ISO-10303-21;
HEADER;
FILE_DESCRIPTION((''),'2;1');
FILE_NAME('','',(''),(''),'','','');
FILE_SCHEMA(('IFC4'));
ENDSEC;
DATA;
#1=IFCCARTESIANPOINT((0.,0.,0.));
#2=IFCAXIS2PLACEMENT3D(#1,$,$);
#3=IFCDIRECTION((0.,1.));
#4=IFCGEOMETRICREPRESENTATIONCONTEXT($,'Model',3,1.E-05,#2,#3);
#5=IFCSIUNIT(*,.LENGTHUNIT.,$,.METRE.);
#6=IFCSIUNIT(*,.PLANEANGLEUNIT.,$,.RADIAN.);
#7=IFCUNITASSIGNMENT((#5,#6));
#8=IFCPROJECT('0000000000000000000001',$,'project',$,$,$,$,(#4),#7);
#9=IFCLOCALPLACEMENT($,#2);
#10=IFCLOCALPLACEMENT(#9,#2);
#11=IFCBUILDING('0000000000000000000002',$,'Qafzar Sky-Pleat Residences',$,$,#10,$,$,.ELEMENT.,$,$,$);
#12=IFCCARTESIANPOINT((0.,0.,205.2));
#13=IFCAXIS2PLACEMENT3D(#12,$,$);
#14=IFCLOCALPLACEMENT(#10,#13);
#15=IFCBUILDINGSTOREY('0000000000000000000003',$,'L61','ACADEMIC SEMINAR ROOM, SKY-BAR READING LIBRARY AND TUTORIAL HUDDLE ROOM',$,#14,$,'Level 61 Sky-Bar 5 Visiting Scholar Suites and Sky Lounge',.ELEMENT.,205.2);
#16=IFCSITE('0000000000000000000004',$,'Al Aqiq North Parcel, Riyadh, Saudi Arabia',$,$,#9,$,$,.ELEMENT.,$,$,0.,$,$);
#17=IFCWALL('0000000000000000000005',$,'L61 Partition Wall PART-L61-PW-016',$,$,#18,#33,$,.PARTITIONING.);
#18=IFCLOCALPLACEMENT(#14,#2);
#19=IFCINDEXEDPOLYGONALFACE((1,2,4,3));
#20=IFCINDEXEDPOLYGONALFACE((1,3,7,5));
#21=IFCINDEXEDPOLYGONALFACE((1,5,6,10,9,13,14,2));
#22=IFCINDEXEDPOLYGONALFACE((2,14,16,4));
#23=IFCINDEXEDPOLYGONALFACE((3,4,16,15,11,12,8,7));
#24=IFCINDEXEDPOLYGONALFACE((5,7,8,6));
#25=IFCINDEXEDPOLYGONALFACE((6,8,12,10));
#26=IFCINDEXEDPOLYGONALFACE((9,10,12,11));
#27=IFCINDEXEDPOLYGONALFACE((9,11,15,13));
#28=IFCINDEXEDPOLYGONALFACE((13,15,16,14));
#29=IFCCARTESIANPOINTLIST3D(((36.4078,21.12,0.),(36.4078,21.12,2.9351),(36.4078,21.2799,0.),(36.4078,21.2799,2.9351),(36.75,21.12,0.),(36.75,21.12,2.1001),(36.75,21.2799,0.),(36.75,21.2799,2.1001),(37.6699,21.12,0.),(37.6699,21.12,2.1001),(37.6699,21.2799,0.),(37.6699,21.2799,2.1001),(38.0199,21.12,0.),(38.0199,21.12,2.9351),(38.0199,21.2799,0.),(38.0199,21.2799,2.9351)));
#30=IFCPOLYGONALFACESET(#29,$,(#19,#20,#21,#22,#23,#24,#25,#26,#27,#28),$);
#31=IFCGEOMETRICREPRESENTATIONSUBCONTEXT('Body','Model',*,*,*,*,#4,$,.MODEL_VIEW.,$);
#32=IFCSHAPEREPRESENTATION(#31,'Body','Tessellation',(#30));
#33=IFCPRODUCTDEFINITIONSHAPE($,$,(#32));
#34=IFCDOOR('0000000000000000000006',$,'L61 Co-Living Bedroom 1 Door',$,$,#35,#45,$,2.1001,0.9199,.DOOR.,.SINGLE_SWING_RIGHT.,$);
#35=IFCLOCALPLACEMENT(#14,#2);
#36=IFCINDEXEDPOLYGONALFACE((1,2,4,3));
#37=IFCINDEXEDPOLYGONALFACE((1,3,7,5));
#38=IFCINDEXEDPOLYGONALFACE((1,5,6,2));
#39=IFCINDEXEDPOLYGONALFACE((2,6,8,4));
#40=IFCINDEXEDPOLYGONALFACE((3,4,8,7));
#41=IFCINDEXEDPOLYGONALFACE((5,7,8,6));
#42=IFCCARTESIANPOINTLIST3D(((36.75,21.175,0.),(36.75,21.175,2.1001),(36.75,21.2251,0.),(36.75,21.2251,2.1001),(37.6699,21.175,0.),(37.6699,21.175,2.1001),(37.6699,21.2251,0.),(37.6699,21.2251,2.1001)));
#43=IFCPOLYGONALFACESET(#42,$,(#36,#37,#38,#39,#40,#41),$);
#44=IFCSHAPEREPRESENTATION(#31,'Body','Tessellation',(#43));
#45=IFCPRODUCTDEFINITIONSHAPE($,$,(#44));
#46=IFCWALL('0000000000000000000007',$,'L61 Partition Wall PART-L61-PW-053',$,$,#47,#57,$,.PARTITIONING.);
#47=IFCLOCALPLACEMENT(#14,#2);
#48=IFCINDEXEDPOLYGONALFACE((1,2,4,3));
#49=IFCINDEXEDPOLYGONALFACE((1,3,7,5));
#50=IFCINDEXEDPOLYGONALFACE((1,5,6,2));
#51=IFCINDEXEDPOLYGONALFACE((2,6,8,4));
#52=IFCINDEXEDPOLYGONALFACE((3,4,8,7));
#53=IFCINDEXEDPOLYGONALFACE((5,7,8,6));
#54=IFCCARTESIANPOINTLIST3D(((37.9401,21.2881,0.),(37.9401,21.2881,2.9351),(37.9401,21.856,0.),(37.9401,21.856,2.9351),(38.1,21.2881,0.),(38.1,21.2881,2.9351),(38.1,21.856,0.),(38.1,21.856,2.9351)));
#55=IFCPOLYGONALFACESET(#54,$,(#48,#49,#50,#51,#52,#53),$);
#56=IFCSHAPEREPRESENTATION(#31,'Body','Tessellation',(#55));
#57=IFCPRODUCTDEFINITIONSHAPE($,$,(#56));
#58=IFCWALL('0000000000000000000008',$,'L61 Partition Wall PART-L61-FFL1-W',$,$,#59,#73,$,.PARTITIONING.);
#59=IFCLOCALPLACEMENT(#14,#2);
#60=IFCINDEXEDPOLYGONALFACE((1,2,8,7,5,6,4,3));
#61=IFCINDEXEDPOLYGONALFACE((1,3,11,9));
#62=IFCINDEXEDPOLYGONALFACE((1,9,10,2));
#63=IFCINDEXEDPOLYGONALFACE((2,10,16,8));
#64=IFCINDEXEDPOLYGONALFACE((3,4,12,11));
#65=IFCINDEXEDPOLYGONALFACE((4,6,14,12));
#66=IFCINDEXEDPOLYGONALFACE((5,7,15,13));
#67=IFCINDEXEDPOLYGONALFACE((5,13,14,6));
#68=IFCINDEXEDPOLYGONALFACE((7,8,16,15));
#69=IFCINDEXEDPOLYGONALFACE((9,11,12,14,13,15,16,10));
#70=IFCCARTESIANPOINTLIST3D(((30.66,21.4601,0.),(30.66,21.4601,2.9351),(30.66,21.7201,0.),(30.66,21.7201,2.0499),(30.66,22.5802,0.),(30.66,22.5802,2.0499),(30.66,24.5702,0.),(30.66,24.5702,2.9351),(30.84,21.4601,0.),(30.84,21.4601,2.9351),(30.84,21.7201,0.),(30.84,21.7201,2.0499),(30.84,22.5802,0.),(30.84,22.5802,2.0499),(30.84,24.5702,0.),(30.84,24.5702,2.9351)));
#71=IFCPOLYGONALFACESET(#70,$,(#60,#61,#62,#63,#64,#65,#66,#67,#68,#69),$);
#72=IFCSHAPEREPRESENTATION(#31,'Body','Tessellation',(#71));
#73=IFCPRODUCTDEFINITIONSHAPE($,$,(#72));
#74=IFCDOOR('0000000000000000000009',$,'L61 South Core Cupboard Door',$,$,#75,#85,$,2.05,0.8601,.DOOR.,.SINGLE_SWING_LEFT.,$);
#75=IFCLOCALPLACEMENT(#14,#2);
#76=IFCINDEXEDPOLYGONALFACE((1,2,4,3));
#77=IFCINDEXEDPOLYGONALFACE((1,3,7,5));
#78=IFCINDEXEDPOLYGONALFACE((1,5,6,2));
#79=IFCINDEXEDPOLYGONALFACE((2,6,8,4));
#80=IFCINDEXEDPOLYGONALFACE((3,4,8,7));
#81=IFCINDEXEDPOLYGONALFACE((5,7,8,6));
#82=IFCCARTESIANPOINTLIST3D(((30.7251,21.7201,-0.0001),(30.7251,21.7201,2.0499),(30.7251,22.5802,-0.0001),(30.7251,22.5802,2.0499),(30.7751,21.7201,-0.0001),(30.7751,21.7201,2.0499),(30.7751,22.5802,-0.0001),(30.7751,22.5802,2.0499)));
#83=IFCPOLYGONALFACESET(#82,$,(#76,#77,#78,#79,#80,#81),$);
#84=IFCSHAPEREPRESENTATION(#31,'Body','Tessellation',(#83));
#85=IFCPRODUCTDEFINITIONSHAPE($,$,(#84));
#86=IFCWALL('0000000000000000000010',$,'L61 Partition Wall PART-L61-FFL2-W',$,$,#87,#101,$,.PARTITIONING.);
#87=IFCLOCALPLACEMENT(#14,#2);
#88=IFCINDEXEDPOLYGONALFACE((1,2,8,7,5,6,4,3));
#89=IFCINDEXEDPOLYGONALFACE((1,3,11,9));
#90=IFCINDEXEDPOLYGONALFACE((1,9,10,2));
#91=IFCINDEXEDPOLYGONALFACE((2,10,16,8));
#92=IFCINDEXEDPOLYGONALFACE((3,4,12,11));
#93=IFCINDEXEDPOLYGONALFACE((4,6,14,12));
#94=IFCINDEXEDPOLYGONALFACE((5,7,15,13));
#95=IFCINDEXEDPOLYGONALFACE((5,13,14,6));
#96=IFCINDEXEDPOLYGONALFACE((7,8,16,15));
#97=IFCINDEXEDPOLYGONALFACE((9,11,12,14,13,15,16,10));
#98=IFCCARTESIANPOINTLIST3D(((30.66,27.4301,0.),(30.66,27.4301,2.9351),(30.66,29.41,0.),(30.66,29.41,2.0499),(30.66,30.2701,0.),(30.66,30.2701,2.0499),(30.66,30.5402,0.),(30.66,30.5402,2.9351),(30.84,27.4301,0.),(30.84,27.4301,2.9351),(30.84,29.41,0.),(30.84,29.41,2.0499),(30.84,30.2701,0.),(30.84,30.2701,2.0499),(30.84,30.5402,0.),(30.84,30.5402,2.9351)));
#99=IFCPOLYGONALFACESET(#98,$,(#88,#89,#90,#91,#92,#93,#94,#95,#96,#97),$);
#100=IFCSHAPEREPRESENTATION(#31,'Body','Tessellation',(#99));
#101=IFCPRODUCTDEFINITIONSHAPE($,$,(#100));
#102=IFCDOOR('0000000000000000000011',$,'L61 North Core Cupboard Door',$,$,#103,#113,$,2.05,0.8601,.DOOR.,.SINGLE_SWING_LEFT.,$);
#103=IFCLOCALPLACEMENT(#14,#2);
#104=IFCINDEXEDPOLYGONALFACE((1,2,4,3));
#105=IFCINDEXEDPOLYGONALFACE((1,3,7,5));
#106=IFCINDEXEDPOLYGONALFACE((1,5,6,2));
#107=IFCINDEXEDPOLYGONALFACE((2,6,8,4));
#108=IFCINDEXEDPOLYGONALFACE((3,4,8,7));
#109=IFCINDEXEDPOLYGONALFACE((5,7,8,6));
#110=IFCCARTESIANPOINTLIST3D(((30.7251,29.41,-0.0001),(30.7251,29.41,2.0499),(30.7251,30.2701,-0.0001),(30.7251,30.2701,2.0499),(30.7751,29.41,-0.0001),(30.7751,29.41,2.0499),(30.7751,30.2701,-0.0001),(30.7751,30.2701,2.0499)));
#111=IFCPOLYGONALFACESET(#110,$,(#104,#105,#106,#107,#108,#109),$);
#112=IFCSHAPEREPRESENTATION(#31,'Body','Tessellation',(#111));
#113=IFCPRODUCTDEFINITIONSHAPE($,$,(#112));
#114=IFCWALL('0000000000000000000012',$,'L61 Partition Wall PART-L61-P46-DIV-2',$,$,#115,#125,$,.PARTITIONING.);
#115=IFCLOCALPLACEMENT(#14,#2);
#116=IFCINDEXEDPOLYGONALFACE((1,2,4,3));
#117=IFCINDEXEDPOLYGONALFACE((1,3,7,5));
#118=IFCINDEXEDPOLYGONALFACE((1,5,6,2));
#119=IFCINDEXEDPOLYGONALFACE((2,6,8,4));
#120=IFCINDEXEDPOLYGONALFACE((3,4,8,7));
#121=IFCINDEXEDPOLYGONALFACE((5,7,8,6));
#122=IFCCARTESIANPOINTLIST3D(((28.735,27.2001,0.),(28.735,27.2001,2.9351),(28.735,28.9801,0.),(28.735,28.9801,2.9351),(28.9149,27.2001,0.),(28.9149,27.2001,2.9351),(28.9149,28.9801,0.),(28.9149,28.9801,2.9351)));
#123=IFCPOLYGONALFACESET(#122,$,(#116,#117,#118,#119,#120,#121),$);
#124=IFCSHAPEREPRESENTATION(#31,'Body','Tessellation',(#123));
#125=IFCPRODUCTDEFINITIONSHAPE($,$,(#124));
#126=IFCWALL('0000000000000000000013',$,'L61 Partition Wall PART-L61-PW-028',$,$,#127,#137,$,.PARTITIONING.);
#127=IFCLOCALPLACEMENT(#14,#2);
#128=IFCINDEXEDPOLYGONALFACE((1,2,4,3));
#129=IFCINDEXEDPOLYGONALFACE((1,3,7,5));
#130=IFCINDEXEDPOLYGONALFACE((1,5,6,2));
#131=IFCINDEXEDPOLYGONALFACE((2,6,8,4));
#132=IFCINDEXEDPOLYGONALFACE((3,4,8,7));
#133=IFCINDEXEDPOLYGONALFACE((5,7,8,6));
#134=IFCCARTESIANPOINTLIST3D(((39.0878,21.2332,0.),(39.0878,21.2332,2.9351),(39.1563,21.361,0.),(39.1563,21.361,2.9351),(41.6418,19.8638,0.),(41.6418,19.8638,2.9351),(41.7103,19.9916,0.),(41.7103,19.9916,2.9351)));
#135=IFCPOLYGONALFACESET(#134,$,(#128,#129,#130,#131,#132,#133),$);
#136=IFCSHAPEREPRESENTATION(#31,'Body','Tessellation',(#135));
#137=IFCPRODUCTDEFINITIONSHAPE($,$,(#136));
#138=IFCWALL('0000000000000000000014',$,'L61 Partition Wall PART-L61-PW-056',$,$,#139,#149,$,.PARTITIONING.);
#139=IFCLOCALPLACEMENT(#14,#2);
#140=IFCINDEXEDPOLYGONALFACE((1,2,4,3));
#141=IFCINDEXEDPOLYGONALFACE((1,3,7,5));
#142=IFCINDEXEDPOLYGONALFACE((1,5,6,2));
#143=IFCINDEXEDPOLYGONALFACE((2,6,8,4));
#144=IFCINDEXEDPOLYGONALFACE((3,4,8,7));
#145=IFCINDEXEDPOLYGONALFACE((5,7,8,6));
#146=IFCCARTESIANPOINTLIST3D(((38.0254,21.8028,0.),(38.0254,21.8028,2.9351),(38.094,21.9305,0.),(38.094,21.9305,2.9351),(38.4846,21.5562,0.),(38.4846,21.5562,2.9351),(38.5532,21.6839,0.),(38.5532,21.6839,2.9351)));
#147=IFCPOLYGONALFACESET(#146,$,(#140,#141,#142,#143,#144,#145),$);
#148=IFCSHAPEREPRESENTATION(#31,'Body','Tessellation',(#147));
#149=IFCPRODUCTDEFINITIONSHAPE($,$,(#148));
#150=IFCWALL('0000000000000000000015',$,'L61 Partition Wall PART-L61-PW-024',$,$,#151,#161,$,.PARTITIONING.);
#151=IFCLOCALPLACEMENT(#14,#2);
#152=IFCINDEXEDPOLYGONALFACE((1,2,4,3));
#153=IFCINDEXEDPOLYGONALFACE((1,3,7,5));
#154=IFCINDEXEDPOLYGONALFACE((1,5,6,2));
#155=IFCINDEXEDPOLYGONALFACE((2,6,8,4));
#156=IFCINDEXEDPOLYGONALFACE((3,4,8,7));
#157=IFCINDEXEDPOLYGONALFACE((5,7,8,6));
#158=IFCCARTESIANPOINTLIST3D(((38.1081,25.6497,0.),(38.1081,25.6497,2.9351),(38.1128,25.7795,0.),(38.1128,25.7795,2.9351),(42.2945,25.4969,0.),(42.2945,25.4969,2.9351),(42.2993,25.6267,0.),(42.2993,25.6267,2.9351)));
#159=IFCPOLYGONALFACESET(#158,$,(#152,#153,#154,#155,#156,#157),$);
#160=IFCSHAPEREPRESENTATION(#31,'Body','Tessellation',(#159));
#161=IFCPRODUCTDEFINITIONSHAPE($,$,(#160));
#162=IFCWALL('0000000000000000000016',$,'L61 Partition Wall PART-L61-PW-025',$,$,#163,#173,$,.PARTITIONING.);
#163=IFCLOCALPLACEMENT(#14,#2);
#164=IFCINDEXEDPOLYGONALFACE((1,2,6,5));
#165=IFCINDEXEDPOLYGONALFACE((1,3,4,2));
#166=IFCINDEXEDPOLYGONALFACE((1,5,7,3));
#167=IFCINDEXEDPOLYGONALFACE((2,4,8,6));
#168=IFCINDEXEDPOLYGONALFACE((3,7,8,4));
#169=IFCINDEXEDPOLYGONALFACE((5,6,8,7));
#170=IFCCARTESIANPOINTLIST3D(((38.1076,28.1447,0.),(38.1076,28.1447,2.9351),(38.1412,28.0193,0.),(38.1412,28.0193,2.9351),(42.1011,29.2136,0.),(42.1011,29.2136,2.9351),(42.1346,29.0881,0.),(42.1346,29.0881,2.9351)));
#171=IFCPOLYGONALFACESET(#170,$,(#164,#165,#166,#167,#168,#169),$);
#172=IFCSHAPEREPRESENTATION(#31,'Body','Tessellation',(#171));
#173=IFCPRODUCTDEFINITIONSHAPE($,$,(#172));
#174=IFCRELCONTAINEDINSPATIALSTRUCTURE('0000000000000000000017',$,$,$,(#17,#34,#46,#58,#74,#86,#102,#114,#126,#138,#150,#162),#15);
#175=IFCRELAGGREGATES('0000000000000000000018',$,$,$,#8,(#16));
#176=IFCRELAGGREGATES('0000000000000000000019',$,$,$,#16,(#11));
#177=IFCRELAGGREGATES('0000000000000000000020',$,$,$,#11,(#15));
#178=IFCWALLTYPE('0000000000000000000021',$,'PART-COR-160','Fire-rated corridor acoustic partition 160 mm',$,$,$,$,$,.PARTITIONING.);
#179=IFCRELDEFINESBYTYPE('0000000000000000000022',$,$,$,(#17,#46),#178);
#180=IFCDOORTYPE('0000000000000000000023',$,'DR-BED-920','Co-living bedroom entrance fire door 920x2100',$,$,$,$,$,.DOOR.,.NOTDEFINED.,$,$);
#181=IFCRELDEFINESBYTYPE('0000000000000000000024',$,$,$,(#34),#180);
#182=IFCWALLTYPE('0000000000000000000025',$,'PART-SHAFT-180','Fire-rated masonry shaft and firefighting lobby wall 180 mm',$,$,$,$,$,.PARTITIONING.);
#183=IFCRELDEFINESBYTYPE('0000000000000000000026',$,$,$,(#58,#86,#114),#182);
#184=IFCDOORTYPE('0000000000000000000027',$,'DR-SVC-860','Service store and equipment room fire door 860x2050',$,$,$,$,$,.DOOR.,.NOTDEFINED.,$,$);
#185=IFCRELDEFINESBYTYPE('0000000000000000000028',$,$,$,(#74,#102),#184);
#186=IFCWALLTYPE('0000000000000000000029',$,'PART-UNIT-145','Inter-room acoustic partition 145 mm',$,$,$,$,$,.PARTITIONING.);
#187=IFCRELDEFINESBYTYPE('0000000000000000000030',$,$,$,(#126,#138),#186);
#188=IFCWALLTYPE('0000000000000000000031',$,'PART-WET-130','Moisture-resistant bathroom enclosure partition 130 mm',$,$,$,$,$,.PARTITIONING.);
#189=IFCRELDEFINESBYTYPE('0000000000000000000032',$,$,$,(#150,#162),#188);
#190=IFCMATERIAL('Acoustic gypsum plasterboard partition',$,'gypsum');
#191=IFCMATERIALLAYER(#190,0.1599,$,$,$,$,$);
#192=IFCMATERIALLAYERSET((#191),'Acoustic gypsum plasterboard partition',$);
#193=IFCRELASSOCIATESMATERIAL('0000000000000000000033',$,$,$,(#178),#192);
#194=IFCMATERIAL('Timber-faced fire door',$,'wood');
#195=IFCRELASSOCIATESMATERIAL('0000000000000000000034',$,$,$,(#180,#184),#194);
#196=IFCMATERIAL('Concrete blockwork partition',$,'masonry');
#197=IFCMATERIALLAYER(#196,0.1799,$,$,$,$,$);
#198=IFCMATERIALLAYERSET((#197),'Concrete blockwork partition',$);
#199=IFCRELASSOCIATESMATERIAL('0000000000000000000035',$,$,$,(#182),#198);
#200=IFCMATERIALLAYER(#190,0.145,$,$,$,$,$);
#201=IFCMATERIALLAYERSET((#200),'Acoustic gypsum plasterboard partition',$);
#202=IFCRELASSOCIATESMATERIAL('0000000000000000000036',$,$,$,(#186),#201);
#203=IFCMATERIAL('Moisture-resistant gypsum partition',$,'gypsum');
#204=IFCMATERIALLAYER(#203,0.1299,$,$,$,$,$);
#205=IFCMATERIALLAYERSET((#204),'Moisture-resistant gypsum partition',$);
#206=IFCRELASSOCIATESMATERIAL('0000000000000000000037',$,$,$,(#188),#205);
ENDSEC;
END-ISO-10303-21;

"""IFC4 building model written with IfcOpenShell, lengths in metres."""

from ifc_helpers import new_model, si_unit, direction, frame, frame_2d, origin, place, context, subcontext, project, spatial, rectangle, extrude, source, transform, mapped, material, layer, layer_set, type_object, element, fill, save


model = new_model("IFC4")

# Units and contexts
model_context = context("Model", 3, precision=1e-05, world=origin(), true_north=direction((0.0, 1.0)))
body_context = subcontext(model_context, "Body", "Model", "MODEL_VIEW")
ifc_project = project(units=[si_unit("LENGTHUNIT", "METRE"), si_unit("PLANEANGLEUNIT", "RADIAN")], contexts=[model_context])

# Site, building, storey
site_placement = place(None, origin())
site = spatial("IfcSite", under=ifc_project, at=site_placement, Name="Al Aqiq North Parcel, Riyadh, Saudi Arabia", CompositionType="ELEMENT", RefElevation=0.0)
building_placement = place(site_placement, origin())
building = spatial("IfcBuilding", under=site, at=building_placement, Name="Qafzar Sky-Pleat Residences", CompositionType="ELEMENT")
storey_placement = place(building_placement, frame((0.0, 0.0, 205.2)))
storey = spatial("IfcBuildingStorey", under=building, at=storey_placement, Name="L61", Description="ACADEMIC SEMINAR ROOM, SKY-BAR READING LIBRARY AND TUTORIAL HUDDLE ROOM", LongName="Level 61 Sky-Bar 5 Visiting Scholar Suites and Sky Lounge", CompositionType="ELEMENT", Elevation=205.2)

# Wall, opening, door
ifc_material_1 = material(Name="Acoustic gypsum plasterboard partition", Category="gypsum")
ifc_layer_1 = layer(ifc_material_1, 0.1599)
ifc_layer_set_1 = layer_set([ifc_layer_1], Name="Acoustic gypsum plasterboard partition")
wall_type_1 = type_object("IfcWallType", Name="PART-COR-160", Description="Fire-rated corridor acoustic partition 160 mm", PredefinedType="PARTITIONING", material=ifc_layer_set_1)
ifc_material_2 = material(Name="Timber-faced fire door", Category="wood")
door_type_1 = type_object("IfcDoorType", Name="DR-BED-920", Description="Co-living bedroom entrance fire door 920x2100", OperationType="NOTDEFINED", PredefinedType="DOOR", material=ifc_material_2)
shared_shape_1 = source(origin(), body_context, "Body", "SweptSolid", [
    extrude(rectangle(XDim=0.9199, YDim=2.1001, at=frame_2d((0.46, 1.05))), frame((0.0, 0.0249, 0.0), z_axis=(0.0, -1.0, 0.0), x_axis=(1.0, 0.0, 0.0)), (0.0, 0.0, 1.0), 0.05),
])
wall_1_placement = place(storey_placement, frame((38.02, 21.2, 0.0), z_axis=(0.0, 0.0, 1.0), x_axis=(-1.0, 0.0, 0.0)))
wall_1 = element("IfcWall", 1, at=wall_1_placement, inside=storey, type_object=wall_type_1, Name="L61 Partition Wall PART-L61-PW-016", PredefinedType="PARTITIONING", context=body_context, shape_type="SweptSolid", body=[
    extrude(rectangle(XDim=1.6121, YDim=0.1599, at=frame_2d((0.8062, 0.0))), origin(), (0.0, 0.0, 1.0), 2.9351),
])
opening_1_placement = place(wall_1_placement, frame((0.3501, 0.0, 0.0)))
opening_1 = element("IfcOpeningElement", 2, at=opening_1_placement, cuts=wall_1, PredefinedType="OPENING", context=body_context, shape_type="SweptSolid", body=[
    extrude(rectangle(XDim=0.9199, YDim=2.1001, at=frame_2d((0.46, 1.05))), frame((0.0, 0.0898, 0.0), z_axis=(0.0, -1.0, 0.0), x_axis=(1.0, 0.0, 0.0)), (0.0, 0.0, 1.0), 0.1799),
])
door_1_placement = place(opening_1_placement, origin())
door_1 = element("IfcDoor", 3, at=door_1_placement, inside=storey, type_object=door_type_1, Name="L61 Co-Living Bedroom 1 Door", OperationType="SINGLE_SWING_RIGHT", OverallHeight=2.1001, OverallWidth=0.9199, PredefinedType="DOOR", context=body_context, shape_type="MappedRepresentation", body=[
    mapped(shared_shape_1, transform((0.0, 0.0, 0.0), x_axis=(1.0, 0.0, 0.0), y_axis=(0.0, 1.0, 0.0), z_axis=(0.0, 0.0, 1.0), scale=1.0)),
])
fill(opening_1, door_1)

# Wall
wall_2_placement = place(storey_placement, frame((38.02, 21.2881, 0.0), z_axis=(0.0, 0.0, 1.0), x_axis=(0.0, 1.0, 0.0)))
element("IfcWall", 4, at=wall_2_placement, inside=storey, type_object=wall_type_1, Name="L61 Partition Wall PART-L61-PW-053", PredefinedType="PARTITIONING", context=body_context, shape_type="SweptSolid", body=[
    extrude(rectangle(XDim=0.5679, YDim=0.1599, at=frame_2d((0.2839, 0.0))), origin(), (0.0, 0.0, 1.0), 2.9351),
])

# Walls, openings, doors
ifc_material_3 = material(Name="Concrete blockwork partition", Category="masonry")
ifc_layer_2 = layer(ifc_material_3, 0.1799)
ifc_layer_set_2 = layer_set([ifc_layer_2], Name="Concrete blockwork partition")
wall_type_2 = type_object("IfcWallType", Name="PART-SHAFT-180", Description="Fire-rated masonry shaft and firefighting lobby wall 180 mm", PredefinedType="PARTITIONING", material=ifc_layer_set_2)
wall_3_placement = place(storey_placement, frame((30.75, 21.46, 0.0), z_axis=(0.0, 0.0, 1.0), x_axis=(0.0, 1.0, 0.0)))
wall_3 = element("IfcWall", 5, at=wall_3_placement, inside=storey, type_object=wall_type_2, Name="L61 Partition Wall PART-L61-FFL1-W", PredefinedType="PARTITIONING", context=body_context, shape_type="SweptSolid", body=[
    extrude(rectangle(XDim=3.1101, YDim=0.1799, at=frame_2d((1.5552, 0.0))), origin(), (0.0, 0.0, 1.0), 2.9351),
])
opening_2_placement = place(wall_3_placement, frame((0.26, 0.0, 0.0)))
opening_2 = element("IfcOpeningElement", 6, at=opening_2_placement, cuts=wall_3, PredefinedType="OPENING", context=body_context, shape_type="SweptSolid", body=[
    extrude(rectangle(XDim=0.8601, YDim=2.05, at=frame_2d((0.4302, 1.0249))), frame((0.0, 0.1001, 0.0), z_axis=(0.0, -1.0, 0.0), x_axis=(1.0, 0.0, 0.0)), (0.0, 0.0, 1.0), 0.2),
])
door_type_2 = type_object("IfcDoorType", Name="DR-SVC-860", Description="Service store and equipment room fire door 860x2050", OperationType="NOTDEFINED", PredefinedType="DOOR", material=ifc_material_2)
shared_shape_2 = source(origin(), body_context, "Body", "SweptSolid", [
    extrude(rectangle(XDim=0.8601, YDim=2.05, at=frame_2d((0.4302, 1.0249))), frame((0.0, 0.0249, 0.0), z_axis=(0.0, -1.0, 0.0), x_axis=(1.0, 0.0, 0.0)), (0.0, 0.0, 1.0), 0.05),
])
door_2_placement = place(opening_2_placement, origin())
door_2 = element("IfcDoor", 7, at=door_2_placement, inside=storey, type_object=door_type_2, Name="L61 South Core Cupboard Door", OperationType="SINGLE_SWING_LEFT", OverallHeight=2.05, OverallWidth=0.8601, PredefinedType="DOOR", context=body_context, shape_type="MappedRepresentation", body=[
    mapped(shared_shape_2, transform((0.0, 0.0, 0.0), x_axis=(1.0, 0.0, 0.0), y_axis=(0.0, 1.0, 0.0), z_axis=(0.0, 0.0, 1.0), scale=1.0)),
])
fill(opening_2, door_2)
wall_4_placement = place(storey_placement, frame((30.75, 27.4299, 0.0), z_axis=(0.0, 0.0, 1.0), x_axis=(0.0, 1.0, 0.0)))
wall_4 = element("IfcWall", 8, at=wall_4_placement, inside=storey, type_object=wall_type_2, Name="L61 Partition Wall PART-L61-FFL2-W", PredefinedType="PARTITIONING", context=body_context, shape_type="SweptSolid", body=[
    extrude(rectangle(XDim=3.1101, YDim=0.1799, at=frame_2d((1.5552, 0.0))), origin(), (0.0, 0.0, 1.0), 2.9351),
])
opening_3_placement = place(wall_4_placement, frame((1.98, 0.0, 0.0)))
opening_3 = element("IfcOpeningElement", 9, at=opening_3_placement, cuts=wall_4, PredefinedType="OPENING", context=body_context, shape_type="SweptSolid", body=[
    extrude(rectangle(XDim=0.8601, YDim=2.05, at=frame_2d((0.4302, 1.0249))), frame((0.0, 0.1001, 0.0), z_axis=(0.0, -1.0, 0.0), x_axis=(1.0, 0.0, 0.0)), (0.0, 0.0, 1.0), 0.2),
])
door_3_placement = place(opening_3_placement, origin())
door_3 = element("IfcDoor", 10, at=door_3_placement, inside=storey, type_object=door_type_2, Name="L61 North Core Cupboard Door", OperationType="SINGLE_SWING_LEFT", OverallHeight=2.05, OverallWidth=0.8601, PredefinedType="DOOR", context=body_context, shape_type="MappedRepresentation", body=[
    mapped(shared_shape_2, transform((0.0, 0.0, 0.0), x_axis=(1.0, 0.0, 0.0), y_axis=(0.0, 1.0, 0.0), z_axis=(0.0, 0.0, 1.0), scale=1.0)),
])
fill(opening_3, door_3)

# Walls
wall_5_placement = place(storey_placement, frame((28.825, 27.2, 0.0), z_axis=(0.0, 0.0, 1.0), x_axis=(0.0, 1.0, 0.0)))
element("IfcWall", 11, at=wall_5_placement, inside=storey, type_object=wall_type_2, Name="L61 Partition Wall PART-L61-P46-DIV-2", PredefinedType="PARTITIONING", context=body_context, shape_type="SweptSolid", body=[
    extrude(rectangle(XDim=1.78, YDim=0.1799, at=frame_2d((0.8901, 0.0))), origin(), (0.0, 0.0, 1.0), 2.9351),
])
ifc_layer_3 = layer(ifc_material_1, 0.145)
ifc_layer_set_3 = layer_set([ifc_layer_3], Name="Acoustic gypsum plasterboard partition")
wall_type_3 = type_object("IfcWallType", Name="PART-UNIT-145", Description="Inter-room acoustic partition 145 mm", PredefinedType="PARTITIONING", material=ifc_layer_set_3)
wall_6_placement = place(storey_placement, frame((39.1221, 21.2971, 0.0), z_axis=(0.0, 0.0, 1.0), x_axis=(0.881308, -0.472542, 0.0)))
element("IfcWall", 12, at=wall_6_placement, inside=storey, type_object=wall_type_3, Name="L61 Partition Wall PART-L61-PW-028", PredefinedType="PARTITIONING", context=body_context, shape_type="SweptSolid", body=[
    extrude(rectangle(XDim=2.8979, YDim=0.145, at=frame_2d((1.449, 0.0))), origin(), (0.0, 0.0, 1.0), 2.9351),
])
wall_7_placement = place(storey_placement, frame((38.0596, 21.8667, 0.0), z_axis=(0.0, 0.0, 1.0), x_axis=(0.881027, -0.473066, 0.0)))
element("IfcWall", 13, at=wall_7_placement, inside=storey, type_object=wall_type_3, Name="L61 Partition Wall PART-L61-PW-056", PredefinedType="PARTITIONING", context=body_context, shape_type="SweptSolid", body=[
    extrude(rectangle(XDim=0.5212, YDim=0.145, at=frame_2d((0.2607, 0.0))), origin(), (0.0, 0.0, 1.0), 2.9351),
])
ifc_material_4 = material(Name="Moisture-resistant gypsum partition", Category="gypsum")
ifc_layer_4 = layer(ifc_material_4, 0.1299)
ifc_layer_set_4 = layer_set([ifc_layer_4], Name="Moisture-resistant gypsum partition")
wall_type_4 = type_object("IfcWallType", Name="PART-WET-130", Description="Moisture-resistant bathroom enclosure partition 130 mm", PredefinedType="PARTITIONING", material=ifc_layer_set_4)
wall_8_placement = place(storey_placement, frame((38.1104, 25.7146, 0.0), z_axis=(0.0, 0.0, 1.0), x_axis=(0.999334, -0.036481, 0.0)))
element("IfcWall", 14, at=wall_8_placement, inside=storey, type_object=wall_type_4, Name="L61 Partition Wall PART-L61-PW-024", PredefinedType="PARTITIONING", context=body_context, shape_type="SweptSolid", body=[
    extrude(rectangle(XDim=4.1892, YDim=0.1299, at=frame_2d((2.0947, 0.0))), origin(), (0.0, 0.0, 1.0), 2.9351),
])
wall_9_placement = place(storey_placement, frame((38.1245, 28.082, 0.0), z_axis=(0.0, 0.0, 1.0), x_axis=(0.965997, 0.258552, 0.0)))
element("IfcWall", 15, at=wall_9_placement, inside=storey, type_object=wall_type_4, Name="L61 Partition Wall PART-L61-PW-025", PredefinedType="PARTITIONING", context=body_context, shape_type="SweptSolid", body=[
    extrude(rectangle(XDim=4.134, YDim=0.1299, at=frame_2d((2.0669, 0.0))), origin(), (0.0, 0.0, 1.0), 2.9351),
])

save(model, "model.ifc")
